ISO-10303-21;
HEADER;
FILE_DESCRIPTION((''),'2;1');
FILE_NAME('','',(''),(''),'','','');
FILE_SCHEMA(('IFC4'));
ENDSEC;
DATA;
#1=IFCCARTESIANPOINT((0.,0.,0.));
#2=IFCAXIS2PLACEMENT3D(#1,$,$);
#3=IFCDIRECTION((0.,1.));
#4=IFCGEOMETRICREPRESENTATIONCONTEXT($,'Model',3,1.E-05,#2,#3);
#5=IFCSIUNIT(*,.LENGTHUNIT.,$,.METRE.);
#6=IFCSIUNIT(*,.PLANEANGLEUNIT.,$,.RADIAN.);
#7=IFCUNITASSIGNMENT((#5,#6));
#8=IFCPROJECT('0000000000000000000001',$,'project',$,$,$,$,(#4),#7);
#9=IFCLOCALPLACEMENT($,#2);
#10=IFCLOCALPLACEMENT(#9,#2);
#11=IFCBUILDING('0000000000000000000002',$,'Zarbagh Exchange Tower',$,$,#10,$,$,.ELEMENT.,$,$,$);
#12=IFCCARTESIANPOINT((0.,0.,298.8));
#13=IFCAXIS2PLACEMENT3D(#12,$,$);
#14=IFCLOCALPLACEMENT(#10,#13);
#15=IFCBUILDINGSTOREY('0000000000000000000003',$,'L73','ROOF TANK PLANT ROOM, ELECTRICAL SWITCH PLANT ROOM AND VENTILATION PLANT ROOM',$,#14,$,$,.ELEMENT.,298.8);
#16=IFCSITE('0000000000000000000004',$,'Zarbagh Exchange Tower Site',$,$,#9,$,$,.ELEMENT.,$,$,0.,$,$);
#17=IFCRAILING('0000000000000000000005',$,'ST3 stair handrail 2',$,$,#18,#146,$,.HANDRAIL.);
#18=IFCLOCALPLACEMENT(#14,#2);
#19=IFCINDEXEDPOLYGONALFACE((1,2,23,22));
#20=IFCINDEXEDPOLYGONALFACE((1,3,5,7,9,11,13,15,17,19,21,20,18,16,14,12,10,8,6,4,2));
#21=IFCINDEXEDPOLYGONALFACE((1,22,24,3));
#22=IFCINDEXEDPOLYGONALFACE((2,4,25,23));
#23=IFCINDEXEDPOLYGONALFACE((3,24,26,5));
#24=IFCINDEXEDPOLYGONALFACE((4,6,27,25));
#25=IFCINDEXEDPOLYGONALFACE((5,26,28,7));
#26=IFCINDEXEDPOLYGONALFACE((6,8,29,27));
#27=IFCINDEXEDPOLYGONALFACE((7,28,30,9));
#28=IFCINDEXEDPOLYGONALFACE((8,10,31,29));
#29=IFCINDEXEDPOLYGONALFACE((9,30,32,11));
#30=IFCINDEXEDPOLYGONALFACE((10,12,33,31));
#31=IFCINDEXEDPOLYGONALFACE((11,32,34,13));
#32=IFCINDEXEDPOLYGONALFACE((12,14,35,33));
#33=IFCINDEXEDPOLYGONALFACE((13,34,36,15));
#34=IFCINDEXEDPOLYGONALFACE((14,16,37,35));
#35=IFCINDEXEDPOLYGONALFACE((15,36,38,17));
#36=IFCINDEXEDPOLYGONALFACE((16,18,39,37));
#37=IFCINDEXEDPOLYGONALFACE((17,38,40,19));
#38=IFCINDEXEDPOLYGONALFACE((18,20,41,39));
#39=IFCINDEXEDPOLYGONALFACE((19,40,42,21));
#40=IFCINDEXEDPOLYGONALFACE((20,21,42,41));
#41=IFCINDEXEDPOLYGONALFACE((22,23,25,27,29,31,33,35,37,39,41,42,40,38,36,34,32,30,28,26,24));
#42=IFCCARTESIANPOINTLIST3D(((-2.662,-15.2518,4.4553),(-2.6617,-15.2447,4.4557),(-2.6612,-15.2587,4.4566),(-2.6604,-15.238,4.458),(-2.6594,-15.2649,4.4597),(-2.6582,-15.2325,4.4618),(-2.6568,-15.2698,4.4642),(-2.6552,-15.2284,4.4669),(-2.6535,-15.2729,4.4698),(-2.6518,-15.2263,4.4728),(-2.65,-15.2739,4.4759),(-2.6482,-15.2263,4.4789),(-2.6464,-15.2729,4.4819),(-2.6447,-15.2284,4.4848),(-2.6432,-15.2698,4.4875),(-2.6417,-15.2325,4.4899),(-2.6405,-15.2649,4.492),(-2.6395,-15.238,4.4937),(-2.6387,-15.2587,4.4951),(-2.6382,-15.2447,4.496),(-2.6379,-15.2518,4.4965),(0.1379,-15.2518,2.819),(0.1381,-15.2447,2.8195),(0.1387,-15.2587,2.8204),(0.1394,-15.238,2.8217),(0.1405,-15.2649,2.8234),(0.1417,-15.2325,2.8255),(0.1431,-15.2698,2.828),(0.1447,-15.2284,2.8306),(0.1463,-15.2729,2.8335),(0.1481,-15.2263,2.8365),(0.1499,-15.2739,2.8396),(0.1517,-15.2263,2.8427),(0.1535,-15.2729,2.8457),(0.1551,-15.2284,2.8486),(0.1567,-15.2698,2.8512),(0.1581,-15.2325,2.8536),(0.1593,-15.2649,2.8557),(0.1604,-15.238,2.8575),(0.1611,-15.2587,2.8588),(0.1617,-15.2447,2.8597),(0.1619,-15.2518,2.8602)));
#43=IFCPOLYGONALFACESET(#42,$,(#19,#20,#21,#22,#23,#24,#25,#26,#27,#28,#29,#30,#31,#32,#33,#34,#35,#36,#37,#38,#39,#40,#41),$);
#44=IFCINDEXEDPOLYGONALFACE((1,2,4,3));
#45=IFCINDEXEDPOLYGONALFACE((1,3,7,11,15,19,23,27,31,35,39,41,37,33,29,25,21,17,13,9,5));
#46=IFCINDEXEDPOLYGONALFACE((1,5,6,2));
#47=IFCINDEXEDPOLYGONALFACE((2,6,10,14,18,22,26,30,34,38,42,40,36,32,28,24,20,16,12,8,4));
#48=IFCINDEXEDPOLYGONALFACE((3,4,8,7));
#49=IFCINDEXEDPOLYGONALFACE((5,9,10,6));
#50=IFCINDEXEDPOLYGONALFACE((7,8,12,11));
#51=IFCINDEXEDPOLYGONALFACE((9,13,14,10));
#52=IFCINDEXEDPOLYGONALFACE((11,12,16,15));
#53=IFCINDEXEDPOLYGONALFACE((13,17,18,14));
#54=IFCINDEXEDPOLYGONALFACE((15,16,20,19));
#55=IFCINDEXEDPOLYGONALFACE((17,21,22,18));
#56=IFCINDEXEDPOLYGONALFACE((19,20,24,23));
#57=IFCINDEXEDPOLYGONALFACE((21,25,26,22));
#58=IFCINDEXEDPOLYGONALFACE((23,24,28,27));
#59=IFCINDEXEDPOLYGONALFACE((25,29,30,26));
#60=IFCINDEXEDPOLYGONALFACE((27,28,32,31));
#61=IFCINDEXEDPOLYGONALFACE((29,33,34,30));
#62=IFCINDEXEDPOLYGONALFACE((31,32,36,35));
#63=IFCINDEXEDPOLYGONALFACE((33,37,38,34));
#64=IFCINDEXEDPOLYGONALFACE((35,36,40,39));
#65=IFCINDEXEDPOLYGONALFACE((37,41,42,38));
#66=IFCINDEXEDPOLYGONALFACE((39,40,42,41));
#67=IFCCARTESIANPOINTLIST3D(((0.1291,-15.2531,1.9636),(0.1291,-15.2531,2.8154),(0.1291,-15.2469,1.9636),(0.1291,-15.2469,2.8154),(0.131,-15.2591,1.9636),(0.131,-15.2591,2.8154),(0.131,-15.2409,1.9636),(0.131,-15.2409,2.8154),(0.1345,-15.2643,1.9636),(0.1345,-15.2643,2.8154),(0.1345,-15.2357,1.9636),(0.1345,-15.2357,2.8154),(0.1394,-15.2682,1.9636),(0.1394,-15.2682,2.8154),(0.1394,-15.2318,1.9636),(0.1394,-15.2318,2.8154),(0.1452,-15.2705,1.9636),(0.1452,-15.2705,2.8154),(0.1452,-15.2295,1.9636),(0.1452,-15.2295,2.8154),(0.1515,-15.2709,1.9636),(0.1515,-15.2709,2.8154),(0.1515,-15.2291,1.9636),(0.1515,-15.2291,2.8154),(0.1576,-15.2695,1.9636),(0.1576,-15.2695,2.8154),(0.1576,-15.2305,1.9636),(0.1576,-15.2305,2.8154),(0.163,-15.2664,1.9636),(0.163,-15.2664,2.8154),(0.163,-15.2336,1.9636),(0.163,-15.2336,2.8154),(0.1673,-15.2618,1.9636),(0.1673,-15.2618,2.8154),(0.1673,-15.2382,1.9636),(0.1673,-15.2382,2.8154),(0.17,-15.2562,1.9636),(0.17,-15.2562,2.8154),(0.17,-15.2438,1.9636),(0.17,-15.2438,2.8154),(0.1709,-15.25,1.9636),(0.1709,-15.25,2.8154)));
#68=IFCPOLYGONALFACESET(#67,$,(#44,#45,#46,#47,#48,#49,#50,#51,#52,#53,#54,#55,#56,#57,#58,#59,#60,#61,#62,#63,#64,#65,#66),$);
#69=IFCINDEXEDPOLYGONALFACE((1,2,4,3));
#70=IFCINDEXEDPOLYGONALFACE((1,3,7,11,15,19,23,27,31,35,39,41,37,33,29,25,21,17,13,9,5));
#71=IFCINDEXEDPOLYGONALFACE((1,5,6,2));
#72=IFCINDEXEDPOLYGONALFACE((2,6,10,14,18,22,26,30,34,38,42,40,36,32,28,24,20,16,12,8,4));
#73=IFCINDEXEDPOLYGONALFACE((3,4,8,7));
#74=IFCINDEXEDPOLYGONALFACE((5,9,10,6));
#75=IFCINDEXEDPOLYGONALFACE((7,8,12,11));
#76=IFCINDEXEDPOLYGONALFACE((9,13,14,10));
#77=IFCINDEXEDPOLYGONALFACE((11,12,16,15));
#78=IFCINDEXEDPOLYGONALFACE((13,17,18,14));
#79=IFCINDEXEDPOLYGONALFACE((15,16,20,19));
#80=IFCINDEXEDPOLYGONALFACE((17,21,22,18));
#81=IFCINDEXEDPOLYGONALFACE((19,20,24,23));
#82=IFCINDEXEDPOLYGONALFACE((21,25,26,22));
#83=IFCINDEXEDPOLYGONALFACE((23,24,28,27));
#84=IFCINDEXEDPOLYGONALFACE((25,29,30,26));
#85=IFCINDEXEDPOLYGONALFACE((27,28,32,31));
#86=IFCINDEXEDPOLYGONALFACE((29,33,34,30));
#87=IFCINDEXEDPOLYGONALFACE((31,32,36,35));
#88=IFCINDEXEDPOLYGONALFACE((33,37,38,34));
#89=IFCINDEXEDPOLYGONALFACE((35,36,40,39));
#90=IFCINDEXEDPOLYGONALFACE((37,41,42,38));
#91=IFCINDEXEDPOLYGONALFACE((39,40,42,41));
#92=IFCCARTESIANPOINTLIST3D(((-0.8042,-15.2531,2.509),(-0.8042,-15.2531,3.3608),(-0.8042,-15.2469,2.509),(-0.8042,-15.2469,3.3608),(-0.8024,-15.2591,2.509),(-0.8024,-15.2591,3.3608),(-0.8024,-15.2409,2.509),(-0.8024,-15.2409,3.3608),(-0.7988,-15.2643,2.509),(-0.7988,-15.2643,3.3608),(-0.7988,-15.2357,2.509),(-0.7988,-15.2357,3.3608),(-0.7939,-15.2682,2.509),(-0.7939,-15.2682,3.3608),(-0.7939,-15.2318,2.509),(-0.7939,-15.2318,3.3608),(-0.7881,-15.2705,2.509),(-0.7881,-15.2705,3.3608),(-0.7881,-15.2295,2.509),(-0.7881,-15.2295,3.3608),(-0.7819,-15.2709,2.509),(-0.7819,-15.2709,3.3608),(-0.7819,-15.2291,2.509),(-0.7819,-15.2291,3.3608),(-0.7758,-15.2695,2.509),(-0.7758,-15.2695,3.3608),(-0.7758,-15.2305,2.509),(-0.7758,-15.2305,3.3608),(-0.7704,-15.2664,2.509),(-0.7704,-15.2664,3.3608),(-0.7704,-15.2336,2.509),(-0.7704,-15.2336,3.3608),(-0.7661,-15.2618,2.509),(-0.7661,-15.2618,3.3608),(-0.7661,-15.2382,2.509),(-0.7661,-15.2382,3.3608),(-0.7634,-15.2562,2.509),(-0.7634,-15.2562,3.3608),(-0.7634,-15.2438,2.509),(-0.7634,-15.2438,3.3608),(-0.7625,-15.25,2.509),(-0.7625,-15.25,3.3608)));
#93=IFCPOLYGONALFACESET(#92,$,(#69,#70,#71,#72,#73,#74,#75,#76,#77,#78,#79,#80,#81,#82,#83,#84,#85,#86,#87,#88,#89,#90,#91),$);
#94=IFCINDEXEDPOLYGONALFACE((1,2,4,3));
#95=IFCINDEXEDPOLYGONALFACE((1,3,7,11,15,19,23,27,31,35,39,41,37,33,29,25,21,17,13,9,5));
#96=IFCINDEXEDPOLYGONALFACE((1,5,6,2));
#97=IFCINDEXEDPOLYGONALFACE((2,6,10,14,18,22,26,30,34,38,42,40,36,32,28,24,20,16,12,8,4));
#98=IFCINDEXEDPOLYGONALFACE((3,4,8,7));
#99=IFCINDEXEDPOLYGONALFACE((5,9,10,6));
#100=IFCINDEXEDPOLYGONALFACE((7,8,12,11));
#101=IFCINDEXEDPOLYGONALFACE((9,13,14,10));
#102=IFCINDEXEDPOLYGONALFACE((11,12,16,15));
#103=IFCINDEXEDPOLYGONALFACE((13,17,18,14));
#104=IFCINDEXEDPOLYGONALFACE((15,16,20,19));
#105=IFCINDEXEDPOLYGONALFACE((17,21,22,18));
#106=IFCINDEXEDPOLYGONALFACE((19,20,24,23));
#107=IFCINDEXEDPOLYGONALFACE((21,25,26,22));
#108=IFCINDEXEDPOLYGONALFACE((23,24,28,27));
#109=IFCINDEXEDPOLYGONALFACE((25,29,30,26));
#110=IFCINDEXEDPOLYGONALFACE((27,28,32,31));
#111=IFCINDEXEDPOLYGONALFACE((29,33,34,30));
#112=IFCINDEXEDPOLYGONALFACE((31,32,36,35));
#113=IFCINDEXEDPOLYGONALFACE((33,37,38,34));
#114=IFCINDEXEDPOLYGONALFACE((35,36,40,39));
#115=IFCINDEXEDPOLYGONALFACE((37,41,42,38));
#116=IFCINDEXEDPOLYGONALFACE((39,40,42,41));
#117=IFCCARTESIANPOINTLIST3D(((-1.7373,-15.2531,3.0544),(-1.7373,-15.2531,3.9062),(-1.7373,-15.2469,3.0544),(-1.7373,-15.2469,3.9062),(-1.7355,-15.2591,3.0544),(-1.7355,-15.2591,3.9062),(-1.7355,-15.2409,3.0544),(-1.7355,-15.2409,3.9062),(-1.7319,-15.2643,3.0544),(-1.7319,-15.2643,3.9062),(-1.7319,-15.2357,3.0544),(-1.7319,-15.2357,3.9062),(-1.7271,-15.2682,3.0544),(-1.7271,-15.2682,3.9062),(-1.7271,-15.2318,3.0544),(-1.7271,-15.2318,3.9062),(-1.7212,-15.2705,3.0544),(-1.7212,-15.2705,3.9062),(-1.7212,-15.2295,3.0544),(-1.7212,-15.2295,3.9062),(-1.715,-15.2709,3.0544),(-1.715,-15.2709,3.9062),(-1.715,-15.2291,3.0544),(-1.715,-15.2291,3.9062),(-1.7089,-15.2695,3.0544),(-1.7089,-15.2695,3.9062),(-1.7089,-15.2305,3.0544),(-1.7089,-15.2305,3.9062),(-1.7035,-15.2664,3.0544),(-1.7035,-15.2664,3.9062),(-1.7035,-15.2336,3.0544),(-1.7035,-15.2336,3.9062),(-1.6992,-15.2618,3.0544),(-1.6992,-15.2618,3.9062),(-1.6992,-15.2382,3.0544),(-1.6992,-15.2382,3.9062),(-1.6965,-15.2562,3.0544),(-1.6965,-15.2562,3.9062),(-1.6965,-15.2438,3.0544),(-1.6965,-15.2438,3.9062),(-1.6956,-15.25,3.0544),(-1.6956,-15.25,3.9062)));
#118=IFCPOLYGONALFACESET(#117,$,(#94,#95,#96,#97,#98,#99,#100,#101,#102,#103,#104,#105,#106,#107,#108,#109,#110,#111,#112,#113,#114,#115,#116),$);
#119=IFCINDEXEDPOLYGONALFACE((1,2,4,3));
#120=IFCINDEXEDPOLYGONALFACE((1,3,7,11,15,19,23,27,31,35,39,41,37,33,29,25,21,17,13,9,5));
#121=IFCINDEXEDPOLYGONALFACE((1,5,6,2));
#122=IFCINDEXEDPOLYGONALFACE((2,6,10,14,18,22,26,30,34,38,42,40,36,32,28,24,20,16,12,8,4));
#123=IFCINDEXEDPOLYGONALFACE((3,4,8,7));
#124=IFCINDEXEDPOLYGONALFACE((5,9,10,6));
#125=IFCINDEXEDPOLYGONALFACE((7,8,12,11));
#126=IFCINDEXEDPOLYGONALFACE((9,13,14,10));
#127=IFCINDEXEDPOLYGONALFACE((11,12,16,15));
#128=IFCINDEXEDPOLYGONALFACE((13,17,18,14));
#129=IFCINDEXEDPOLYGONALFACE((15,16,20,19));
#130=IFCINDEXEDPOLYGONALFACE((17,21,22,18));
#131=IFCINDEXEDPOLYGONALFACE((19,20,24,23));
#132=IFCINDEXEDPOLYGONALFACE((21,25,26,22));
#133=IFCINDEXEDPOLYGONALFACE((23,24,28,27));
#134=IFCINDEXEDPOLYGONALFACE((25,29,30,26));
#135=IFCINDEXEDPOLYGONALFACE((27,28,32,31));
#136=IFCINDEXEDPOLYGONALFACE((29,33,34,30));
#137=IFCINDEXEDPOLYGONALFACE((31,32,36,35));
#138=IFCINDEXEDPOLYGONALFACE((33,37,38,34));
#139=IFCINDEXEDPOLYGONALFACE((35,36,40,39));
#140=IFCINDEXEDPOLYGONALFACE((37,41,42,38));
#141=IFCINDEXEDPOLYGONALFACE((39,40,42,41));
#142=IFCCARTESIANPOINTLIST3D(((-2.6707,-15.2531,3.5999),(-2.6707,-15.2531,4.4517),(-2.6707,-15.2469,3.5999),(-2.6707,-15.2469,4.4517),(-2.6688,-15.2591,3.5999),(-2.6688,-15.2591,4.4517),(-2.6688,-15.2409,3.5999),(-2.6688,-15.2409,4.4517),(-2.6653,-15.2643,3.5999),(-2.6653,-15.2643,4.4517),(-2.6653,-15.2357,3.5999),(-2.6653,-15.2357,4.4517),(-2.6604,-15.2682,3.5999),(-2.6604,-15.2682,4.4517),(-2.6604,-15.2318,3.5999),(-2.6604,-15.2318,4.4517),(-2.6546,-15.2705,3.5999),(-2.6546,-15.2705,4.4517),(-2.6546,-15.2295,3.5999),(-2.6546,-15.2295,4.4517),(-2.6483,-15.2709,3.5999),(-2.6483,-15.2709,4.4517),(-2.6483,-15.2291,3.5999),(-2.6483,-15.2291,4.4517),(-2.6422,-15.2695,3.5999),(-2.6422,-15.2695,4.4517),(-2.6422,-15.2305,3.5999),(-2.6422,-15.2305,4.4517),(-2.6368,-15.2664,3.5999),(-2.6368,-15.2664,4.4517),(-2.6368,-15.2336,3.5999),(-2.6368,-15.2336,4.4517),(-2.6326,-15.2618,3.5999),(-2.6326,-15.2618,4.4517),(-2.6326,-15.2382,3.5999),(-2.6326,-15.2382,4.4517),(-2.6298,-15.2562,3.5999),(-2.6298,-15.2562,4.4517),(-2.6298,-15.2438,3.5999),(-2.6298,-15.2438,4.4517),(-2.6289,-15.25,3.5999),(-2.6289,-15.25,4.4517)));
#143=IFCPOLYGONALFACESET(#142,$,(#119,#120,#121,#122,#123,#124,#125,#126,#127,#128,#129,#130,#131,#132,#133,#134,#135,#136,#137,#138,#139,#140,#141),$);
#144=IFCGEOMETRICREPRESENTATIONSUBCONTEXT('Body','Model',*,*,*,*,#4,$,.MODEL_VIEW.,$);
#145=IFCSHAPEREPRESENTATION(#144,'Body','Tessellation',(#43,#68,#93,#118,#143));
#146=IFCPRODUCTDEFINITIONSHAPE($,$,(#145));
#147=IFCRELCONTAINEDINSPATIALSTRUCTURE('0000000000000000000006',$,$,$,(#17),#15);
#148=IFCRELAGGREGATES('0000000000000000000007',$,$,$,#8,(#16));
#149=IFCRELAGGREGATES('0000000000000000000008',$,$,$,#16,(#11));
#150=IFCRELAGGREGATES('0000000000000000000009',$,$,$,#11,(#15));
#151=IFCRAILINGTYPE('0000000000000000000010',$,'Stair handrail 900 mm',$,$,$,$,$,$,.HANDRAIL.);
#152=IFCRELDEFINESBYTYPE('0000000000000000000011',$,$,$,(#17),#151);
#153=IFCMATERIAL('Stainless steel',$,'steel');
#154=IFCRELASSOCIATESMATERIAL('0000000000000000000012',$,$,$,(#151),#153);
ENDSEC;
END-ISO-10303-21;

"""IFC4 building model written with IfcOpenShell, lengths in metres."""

from ifc_helpers import new_model, si_unit, direction, frame, origin, origin_2d, place, context, subcontext, project, spatial, circle, extrude, material, type_object, element, save


model = new_model("IFC4")

# Units and contexts
model_context = context("Model", 3, precision=1e-05, world=origin(), true_north=direction((0.0, 1.0)))
body_context = subcontext(model_context, "Body", "Model", "MODEL_VIEW")
ifc_project = project(units=[si_unit("LENGTHUNIT", "METRE"), si_unit("PLANEANGLEUNIT", "RADIAN")], contexts=[model_context])

# Site, building, storey
site_placement = place(None, origin())
site = spatial("IfcSite", under=ifc_project, at=site_placement, Name="Zarbagh Exchange Tower Site", CompositionType="ELEMENT", RefElevation=0.0)
building_placement = place(site_placement, origin())
building = spatial("IfcBuilding", under=site, at=building_placement, Name="Zarbagh Exchange Tower", CompositionType="ELEMENT")
storey_placement = place(building_placement, frame((0.0, 0.0, 298.8)))
storey = spatial("IfcBuildingStorey", under=building, at=storey_placement, Name="L73", Description="ROOF TANK PLANT ROOM, ELECTRICAL SWITCH PLANT ROOM AND VENTILATION PLANT ROOM", CompositionType="ELEMENT", Elevation=298.8)

# Railing
ifc_material_1 = material(Name="Stainless steel", Category="steel")
railing_type_1 = type_object("IfcRailingType", Name="Stair handrail 900 mm", PredefinedType="HANDRAIL", material=ifc_material_1)
railing_1_placement = place(storey_placement, frame((0.1499, -15.25, 1.9636)))
element("IfcRailing", 1, at=railing_1_placement, inside=storey, type_object=railing_type_1, Name="ST3 stair handrail 2", PredefinedType="HANDRAIL", context=body_context, shape_type="SweptSolid", body=[
    extrude(circle(Radius=0.0239, at=origin_2d()), frame((0.0, 0.0, 0.876), z_axis=(-0.863374, 0.0, 0.504564), x_axis=(0.0, -1.0, 0.0)), (0.0, 0.0, 1.0), 3.2429),
    extrude(circle(Radius=0.021, at=origin_2d()), origin(), (0.0, 0.0, 1.0), 0.8518),
    extrude(circle(Radius=0.021, at=origin_2d()), frame((-0.9333, 0.0, 0.5454)), (0.0, 0.0, 1.0), 0.8518),
    extrude(circle(Radius=0.021, at=origin_2d()), frame((-1.8665, 0.0, 1.0908)), (0.0, 0.0, 1.0), 0.8518),
    extrude(circle(Radius=0.021, at=origin_2d()), frame((-2.7998, 0.0, 1.6362)), (0.0, 0.0, 1.0), 0.8518),
])

save(model, "model.ifc")
